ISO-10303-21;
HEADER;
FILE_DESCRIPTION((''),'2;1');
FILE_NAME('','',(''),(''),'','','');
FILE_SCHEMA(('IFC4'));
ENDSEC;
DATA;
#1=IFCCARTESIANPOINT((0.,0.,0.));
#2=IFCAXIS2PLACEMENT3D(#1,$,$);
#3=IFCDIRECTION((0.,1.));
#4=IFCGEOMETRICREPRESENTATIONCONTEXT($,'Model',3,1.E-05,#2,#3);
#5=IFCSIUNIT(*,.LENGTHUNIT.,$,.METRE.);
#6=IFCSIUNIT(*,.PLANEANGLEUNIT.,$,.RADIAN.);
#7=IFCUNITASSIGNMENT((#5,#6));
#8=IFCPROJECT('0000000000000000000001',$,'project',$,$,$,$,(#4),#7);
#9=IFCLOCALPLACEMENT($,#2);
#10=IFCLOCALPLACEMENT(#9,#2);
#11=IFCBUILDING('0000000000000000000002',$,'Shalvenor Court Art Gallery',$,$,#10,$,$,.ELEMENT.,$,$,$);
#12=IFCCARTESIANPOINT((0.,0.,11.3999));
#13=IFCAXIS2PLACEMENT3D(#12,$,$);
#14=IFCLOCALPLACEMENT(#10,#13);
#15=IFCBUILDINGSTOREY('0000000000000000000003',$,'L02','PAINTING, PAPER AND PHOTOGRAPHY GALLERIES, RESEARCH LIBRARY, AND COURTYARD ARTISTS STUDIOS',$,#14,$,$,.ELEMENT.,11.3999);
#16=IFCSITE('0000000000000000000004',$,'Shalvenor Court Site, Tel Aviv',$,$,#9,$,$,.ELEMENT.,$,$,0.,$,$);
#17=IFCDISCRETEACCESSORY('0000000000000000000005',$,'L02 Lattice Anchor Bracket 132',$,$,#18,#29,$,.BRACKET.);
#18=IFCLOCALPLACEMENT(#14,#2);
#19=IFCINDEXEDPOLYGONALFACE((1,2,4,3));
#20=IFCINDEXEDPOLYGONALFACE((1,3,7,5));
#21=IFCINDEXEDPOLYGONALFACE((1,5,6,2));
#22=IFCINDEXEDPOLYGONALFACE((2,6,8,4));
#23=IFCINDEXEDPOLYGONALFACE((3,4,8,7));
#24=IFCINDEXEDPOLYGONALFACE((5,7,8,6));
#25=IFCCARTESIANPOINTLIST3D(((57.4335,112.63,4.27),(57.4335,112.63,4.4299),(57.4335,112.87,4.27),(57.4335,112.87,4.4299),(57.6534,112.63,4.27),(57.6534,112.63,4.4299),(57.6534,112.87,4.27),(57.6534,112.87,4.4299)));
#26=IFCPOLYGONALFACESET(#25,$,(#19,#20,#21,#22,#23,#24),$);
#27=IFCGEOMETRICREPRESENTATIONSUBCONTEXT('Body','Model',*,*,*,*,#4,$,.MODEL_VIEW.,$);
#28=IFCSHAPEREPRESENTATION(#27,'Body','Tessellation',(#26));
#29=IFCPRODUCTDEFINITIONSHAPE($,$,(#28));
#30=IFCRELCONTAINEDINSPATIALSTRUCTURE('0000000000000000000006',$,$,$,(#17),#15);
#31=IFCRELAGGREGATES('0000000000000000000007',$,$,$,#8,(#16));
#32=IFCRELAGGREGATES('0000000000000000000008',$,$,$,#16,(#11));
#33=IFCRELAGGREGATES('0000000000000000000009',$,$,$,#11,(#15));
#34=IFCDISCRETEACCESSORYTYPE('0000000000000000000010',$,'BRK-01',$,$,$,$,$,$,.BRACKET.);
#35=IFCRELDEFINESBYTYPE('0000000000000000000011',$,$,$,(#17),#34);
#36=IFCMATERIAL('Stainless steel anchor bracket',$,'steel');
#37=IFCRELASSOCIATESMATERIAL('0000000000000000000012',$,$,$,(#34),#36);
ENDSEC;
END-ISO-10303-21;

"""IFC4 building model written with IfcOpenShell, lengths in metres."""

from ifc_helpers import new_model, si_unit, direction, frame, origin, origin_2d, place, context, subcontext, project, spatial, rectangle, extrude, material, type_object, element, save


model = new_model("IFC4")

# Units and contexts
model_context = context("Model", 3, precision=1e-05, world=origin(), true_north=direction((0.0, 1.0)))
body_context = subcontext(model_context, "Body", "Model", "MODEL_VIEW")
ifc_project = project(units=[si_unit("LENGTHUNIT", "METRE"), si_unit("PLANEANGLEUNIT", "RADIAN")], contexts=[model_context])

# Site, building, storey
site_placement = place(None, origin())
site = spatial("IfcSite", under=ifc_project, at=site_placement, Name="Shalvenor Court Site, Tel Aviv", CompositionType="ELEMENT", RefElevation=0.0)
building_placement = place(site_placement, origin())
building = spatial("IfcBuilding", under=site, at=building_placement, Name="Shalvenor Court Art Gallery", CompositionType="ELEMENT")
storey_placement = place(building_placement, frame((0.0, 0.0, 11.3999)))
storey = spatial("IfcBuildingStorey", under=building, at=storey_placement, Name="L02", Description="PAINTING, PAPER AND PHOTOGRAPHY GALLERIES, RESEARCH LIBRARY, AND COURTYARD ARTISTS STUDIOS", CompositionType="ELEMENT", Elevation=11.3999)

# Discrete accessory
ifc_material_1 = material(Name="Stainless steel anchor bracket", Category="steel")
discrete_accessory_type = type_object("IfcDiscreteAccessoryType", Name="BRK-01", PredefinedType="BRACKET", material=ifc_material_1)
discrete_accessory_placement = place(storey_placement, frame((57.5435, 112.75, 4.27), z_axis=(0.0, 0.0, 1.0), x_axis=(0.0, 1.0, 0.0)))
element("IfcDiscreteAccessory", 1, at=discrete_accessory_placement, inside=storey, type_object=discrete_accessory_type, Name="L02 Lattice Anchor Bracket 132", PredefinedType="BRACKET", context=body_context, shape_type="SweptSolid", body=[
    extrude(rectangle(XDim=0.24, YDim=0.22, at=origin_2d()), origin(), (0.0, 0.0, 1.0), 0.1599),
])

save(model, "model.ifc")
